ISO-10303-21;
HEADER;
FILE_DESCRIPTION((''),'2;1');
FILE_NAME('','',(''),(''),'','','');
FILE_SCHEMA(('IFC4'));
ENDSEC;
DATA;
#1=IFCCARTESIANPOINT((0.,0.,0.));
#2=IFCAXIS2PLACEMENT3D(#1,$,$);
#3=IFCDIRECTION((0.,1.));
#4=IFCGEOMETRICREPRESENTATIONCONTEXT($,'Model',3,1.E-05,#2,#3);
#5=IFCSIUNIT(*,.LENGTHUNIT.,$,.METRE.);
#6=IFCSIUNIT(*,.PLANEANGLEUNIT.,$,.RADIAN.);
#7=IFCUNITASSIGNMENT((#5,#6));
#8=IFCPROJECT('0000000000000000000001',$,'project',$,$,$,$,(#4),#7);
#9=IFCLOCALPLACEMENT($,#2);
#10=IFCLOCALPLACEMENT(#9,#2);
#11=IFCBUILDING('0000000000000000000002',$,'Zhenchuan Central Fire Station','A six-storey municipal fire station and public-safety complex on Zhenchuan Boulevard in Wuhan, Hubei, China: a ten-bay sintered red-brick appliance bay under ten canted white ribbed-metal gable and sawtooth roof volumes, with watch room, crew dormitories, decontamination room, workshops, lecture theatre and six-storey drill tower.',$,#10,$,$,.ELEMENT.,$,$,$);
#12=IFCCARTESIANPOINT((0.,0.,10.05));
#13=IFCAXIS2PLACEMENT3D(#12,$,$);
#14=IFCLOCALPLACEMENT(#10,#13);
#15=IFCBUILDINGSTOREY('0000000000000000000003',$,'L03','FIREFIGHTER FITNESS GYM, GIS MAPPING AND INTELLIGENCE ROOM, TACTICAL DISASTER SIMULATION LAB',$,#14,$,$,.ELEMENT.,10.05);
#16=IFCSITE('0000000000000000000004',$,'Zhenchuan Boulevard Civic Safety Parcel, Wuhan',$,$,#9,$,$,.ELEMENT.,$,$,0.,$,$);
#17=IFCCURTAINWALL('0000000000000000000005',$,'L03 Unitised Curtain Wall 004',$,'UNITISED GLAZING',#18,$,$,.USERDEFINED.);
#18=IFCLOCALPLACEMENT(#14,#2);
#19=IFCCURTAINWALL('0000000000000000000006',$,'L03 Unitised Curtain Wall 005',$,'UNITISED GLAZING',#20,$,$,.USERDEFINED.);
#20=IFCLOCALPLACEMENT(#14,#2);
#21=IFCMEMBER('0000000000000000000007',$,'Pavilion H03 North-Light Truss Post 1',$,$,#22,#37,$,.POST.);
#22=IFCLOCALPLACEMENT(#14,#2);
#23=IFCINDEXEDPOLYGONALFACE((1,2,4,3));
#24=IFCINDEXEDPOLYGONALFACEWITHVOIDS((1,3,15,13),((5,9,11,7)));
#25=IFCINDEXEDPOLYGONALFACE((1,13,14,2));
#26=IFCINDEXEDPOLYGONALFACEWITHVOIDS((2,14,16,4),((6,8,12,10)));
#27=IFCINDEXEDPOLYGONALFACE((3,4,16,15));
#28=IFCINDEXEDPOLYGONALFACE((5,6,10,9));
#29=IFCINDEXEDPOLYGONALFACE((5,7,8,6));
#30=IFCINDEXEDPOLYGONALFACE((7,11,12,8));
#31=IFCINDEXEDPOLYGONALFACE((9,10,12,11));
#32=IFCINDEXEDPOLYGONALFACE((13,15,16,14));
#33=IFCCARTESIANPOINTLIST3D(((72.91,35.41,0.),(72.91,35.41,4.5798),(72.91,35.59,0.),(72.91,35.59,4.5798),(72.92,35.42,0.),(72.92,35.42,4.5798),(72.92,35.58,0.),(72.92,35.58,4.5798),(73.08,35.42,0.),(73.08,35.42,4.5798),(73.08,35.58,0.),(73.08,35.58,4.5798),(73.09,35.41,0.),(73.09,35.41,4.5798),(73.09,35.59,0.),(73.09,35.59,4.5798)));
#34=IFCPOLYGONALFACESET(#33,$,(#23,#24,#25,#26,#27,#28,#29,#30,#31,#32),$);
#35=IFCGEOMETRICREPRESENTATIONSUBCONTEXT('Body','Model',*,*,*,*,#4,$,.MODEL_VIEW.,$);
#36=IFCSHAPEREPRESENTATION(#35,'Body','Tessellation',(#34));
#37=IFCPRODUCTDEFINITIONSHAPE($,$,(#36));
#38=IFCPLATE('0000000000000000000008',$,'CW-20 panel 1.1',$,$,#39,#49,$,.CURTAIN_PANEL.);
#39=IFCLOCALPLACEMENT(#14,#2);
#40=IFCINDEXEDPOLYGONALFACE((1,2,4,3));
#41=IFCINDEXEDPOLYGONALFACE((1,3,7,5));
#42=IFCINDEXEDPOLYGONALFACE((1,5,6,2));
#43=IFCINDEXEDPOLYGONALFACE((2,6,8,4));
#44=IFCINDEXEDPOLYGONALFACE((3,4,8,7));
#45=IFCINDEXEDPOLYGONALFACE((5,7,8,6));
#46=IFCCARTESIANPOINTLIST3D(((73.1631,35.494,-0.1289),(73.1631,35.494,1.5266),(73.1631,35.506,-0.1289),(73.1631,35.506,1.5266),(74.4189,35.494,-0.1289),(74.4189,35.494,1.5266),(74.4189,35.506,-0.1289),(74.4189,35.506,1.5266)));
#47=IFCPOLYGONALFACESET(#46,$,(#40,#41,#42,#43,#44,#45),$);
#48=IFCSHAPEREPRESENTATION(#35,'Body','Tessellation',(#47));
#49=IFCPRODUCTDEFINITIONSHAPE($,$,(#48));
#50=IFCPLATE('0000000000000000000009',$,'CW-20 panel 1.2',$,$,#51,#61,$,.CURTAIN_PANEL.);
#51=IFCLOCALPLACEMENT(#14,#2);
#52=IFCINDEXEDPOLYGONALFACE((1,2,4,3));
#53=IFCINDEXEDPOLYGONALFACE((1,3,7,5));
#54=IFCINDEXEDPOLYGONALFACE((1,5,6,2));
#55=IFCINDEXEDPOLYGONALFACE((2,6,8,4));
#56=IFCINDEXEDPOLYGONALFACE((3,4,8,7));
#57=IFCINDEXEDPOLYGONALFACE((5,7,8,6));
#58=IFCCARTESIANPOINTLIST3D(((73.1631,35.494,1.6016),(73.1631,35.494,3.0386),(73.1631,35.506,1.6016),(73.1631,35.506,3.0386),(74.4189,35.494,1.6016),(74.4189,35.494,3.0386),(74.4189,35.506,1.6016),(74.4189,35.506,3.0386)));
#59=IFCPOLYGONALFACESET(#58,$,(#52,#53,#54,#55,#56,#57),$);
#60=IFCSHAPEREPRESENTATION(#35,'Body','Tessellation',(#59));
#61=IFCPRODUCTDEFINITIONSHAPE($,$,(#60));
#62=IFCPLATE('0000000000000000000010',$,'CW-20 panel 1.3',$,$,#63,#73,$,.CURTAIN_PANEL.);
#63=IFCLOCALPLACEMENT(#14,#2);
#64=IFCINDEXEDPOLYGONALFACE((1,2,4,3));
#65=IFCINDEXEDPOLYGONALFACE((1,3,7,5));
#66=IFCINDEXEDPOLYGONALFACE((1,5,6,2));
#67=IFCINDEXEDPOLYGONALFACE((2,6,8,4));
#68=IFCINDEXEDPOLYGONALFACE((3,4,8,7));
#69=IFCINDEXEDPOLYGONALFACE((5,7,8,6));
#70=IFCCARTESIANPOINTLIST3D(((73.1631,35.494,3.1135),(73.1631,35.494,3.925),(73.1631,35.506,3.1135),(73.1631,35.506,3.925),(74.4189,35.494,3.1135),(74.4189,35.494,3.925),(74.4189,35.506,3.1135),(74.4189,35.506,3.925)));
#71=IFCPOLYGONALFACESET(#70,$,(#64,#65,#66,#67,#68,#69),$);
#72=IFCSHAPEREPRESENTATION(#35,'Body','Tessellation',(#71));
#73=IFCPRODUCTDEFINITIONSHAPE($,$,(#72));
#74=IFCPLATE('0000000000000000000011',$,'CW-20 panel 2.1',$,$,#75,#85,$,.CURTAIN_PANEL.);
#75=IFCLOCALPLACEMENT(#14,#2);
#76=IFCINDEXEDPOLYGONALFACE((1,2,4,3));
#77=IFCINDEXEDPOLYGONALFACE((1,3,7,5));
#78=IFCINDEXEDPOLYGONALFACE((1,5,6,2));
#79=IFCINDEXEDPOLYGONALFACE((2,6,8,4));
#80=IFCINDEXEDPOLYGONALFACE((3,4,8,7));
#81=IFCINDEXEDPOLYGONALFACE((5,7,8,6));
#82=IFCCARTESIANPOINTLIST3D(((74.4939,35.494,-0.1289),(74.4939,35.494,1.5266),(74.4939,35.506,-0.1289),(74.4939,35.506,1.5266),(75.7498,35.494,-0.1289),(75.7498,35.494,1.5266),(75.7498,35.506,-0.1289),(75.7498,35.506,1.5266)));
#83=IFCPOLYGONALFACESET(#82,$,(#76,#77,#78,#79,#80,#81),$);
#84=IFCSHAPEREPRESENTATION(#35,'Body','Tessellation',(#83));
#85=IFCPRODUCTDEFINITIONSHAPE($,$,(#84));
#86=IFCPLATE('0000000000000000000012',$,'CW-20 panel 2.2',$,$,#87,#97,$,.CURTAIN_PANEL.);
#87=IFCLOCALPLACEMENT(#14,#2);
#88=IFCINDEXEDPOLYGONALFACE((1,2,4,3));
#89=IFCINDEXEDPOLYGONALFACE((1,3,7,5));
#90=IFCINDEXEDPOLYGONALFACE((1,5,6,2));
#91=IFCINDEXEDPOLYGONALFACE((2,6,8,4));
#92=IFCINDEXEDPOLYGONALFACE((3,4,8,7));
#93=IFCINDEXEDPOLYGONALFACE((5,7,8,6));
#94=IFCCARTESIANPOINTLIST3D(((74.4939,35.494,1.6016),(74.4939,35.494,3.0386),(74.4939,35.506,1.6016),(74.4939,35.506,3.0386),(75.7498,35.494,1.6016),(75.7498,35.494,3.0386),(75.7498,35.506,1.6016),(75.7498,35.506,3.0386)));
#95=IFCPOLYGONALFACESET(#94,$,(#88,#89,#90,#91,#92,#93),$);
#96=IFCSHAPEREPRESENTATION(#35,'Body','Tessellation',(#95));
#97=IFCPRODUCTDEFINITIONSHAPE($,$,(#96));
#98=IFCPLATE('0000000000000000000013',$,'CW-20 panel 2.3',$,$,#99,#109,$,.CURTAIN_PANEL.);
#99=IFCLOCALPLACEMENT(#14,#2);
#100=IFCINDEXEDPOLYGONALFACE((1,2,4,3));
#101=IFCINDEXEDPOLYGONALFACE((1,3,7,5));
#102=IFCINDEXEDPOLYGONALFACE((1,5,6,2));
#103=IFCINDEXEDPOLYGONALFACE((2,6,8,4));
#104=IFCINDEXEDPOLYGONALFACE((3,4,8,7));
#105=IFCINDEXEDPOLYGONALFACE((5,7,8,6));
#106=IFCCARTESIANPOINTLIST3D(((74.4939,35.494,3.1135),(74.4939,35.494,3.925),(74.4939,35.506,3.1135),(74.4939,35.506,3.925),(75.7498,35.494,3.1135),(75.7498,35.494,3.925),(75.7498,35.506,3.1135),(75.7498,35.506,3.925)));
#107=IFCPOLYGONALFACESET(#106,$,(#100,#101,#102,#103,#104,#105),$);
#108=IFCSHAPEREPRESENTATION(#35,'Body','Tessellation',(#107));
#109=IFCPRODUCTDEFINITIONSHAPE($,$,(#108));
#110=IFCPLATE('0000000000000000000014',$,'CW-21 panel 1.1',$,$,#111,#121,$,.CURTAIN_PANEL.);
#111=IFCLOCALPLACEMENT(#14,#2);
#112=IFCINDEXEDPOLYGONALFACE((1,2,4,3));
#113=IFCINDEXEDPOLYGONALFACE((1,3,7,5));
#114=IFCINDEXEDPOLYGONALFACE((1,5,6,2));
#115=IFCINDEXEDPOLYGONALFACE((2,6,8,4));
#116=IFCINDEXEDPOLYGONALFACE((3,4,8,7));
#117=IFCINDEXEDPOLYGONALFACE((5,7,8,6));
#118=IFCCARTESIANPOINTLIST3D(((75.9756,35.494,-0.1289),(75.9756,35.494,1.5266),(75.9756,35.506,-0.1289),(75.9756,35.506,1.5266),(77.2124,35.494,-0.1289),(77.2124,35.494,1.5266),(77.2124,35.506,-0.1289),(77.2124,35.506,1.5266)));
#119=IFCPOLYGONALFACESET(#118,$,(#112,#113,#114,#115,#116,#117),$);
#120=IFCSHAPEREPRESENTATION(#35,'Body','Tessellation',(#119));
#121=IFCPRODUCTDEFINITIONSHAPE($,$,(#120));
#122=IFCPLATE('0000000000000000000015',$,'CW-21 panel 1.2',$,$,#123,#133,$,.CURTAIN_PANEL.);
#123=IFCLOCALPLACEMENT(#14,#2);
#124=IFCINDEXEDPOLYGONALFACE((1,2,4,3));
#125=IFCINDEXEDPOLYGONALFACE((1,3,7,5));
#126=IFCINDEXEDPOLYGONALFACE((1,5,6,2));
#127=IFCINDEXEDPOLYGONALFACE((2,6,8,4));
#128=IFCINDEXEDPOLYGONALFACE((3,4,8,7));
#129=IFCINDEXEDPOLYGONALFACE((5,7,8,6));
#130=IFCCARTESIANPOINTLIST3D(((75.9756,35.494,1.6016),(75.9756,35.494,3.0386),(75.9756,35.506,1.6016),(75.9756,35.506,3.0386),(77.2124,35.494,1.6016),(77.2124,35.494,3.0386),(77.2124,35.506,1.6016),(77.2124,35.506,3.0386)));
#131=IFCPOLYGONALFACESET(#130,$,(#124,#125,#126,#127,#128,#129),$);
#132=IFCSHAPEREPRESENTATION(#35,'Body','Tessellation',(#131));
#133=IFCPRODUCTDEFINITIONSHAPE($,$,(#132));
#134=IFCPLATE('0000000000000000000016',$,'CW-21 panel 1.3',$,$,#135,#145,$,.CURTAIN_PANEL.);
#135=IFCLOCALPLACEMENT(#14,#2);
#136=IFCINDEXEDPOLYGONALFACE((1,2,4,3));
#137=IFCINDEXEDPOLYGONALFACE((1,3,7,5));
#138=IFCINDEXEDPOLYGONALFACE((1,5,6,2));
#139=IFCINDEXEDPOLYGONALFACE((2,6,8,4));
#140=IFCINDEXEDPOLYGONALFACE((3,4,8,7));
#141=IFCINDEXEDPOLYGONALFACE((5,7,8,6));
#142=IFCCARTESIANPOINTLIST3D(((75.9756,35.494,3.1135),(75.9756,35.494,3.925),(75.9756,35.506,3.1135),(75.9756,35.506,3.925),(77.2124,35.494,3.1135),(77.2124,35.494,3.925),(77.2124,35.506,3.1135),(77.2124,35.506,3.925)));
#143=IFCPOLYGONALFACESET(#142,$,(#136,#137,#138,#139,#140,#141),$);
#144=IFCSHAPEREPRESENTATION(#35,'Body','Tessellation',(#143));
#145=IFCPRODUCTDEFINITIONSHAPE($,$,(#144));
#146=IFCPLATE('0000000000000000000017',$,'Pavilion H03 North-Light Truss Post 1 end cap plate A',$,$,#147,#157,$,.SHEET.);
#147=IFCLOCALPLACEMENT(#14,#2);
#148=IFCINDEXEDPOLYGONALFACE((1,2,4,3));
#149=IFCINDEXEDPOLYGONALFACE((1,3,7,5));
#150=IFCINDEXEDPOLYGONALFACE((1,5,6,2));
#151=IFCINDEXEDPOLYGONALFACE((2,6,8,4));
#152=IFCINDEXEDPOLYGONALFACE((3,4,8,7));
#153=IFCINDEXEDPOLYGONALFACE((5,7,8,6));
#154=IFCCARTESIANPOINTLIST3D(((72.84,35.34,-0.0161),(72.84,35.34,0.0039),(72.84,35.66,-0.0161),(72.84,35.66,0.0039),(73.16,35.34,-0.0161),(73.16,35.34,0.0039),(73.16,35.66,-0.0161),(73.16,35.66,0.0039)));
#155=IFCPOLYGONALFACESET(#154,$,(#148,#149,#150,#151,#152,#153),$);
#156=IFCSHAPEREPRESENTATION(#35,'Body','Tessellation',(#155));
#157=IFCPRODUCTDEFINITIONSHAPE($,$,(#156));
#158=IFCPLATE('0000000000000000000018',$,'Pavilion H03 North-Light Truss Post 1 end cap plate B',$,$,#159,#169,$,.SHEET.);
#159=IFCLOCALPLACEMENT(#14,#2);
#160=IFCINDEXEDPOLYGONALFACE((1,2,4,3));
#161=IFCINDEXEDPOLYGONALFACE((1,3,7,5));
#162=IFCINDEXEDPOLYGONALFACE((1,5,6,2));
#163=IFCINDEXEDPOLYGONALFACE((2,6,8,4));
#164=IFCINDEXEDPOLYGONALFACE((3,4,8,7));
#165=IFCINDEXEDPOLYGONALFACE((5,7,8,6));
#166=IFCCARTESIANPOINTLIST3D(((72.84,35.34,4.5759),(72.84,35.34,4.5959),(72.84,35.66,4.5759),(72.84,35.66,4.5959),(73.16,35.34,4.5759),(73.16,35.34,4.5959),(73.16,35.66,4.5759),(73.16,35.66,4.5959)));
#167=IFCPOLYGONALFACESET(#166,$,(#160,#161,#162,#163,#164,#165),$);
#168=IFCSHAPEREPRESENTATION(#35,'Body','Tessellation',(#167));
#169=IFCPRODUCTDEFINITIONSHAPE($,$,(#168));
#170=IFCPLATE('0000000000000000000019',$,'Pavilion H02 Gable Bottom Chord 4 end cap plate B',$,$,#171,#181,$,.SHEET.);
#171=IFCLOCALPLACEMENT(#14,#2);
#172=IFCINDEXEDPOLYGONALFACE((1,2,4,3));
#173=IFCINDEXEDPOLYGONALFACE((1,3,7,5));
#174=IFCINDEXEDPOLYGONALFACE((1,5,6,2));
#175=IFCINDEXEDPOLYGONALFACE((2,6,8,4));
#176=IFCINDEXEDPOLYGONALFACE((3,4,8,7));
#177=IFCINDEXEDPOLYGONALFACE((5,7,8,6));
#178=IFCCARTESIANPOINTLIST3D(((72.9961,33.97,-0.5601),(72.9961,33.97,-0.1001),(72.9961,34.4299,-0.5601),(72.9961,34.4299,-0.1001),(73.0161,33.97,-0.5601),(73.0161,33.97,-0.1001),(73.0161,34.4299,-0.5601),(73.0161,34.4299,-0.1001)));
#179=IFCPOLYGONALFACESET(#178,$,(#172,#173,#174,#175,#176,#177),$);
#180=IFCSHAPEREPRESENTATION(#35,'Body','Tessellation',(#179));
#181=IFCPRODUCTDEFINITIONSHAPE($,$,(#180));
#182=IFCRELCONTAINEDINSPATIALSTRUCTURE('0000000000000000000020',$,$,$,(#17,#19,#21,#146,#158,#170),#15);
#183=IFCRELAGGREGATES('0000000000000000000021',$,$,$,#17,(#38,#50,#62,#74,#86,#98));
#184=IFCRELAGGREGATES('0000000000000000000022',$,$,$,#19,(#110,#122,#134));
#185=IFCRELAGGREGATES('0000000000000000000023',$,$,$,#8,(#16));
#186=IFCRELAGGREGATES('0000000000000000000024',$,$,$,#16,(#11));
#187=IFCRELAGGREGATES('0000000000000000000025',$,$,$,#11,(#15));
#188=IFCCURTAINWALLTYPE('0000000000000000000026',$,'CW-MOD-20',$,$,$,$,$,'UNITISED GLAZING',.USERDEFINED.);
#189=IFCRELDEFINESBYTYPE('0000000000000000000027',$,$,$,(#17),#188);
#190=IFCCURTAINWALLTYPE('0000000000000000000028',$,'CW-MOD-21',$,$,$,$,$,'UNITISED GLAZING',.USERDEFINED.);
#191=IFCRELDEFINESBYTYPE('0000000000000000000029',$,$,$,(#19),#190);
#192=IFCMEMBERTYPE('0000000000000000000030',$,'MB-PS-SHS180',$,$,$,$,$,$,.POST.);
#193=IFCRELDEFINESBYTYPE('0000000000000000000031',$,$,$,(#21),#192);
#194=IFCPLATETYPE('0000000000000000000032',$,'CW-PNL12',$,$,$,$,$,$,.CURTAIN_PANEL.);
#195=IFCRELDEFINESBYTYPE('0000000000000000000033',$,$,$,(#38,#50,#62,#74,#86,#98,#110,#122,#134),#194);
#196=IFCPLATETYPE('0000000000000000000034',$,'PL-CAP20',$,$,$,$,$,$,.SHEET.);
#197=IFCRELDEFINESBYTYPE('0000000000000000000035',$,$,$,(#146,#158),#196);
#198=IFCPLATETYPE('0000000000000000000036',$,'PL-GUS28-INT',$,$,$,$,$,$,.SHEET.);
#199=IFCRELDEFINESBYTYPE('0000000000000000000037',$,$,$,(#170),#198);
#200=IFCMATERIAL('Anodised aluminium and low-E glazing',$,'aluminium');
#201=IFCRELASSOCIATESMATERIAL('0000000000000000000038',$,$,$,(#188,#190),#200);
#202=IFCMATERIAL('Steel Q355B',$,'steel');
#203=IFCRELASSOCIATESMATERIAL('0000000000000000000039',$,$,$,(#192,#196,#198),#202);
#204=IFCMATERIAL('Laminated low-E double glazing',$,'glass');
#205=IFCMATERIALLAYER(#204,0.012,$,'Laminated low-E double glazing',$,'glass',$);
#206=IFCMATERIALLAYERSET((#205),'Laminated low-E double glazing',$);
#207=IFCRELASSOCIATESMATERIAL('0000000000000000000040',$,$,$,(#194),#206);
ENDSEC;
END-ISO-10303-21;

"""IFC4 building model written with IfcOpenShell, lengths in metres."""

from ifc_helpers import new_model, si_unit, direction, frame, origin, origin_2d, place, context, subcontext, project, spatial, rectangle, hollow_rectangle, extrude, material, layer, layer_set, material_profile, profile_set, type_object, element, aggregate, save


model = new_model("IFC4")

# Units and contexts
model_context = context("Model", 3, precision=1e-05, world=origin(), true_north=direction((0.0, 1.0)))
body_context = subcontext(model_context, "Body", "Model", "MODEL_VIEW")
ifc_project = project(units=[si_unit("LENGTHUNIT", "METRE"), si_unit("PLANEANGLEUNIT", "RADIAN")], contexts=[model_context])

# Site, building, storey
site_placement = place(None, origin())
site = spatial("IfcSite", under=ifc_project, at=site_placement, Name="Zhenchuan Boulevard Civic Safety Parcel, Wuhan", CompositionType="ELEMENT", RefElevation=0.0)
building_placement = place(site_placement, origin())
building = spatial("IfcBuilding", under=site, at=building_placement, Name="Zhenchuan Central Fire Station", Description="A six-storey municipal fire station and public-safety complex on Zhenchuan Boulevard in Wuhan, Hubei, China: a ten-bay sintered red-brick appliance bay under ten canted white ribbed-metal gable and sawtooth roof volumes, with watch room, crew dormitories, decontamination room, workshops, lecture theatre and six-storey drill tower.", CompositionType="ELEMENT")
storey_placement = place(building_placement, frame((0.0, 0.0, 10.05)))
storey = spatial("IfcBuildingStorey", under=building, at=storey_placement, Name="L03", Description="FIREFIGHTER FITNESS GYM, GIS MAPPING AND INTELLIGENCE ROOM, TACTICAL DISASTER SIMULATION LAB", CompositionType="ELEMENT", Elevation=10.05)

# Shared definitions
ifc_material_1 = material(Name="Steel Q355B", Category="steel")

# Curtain walls
ifc_material_2 = material(Name="Anodised aluminium and low-E glazing", Category="aluminium")
curtain_wall_type_1 = type_object("IfcCurtainWallType", Name="CW-MOD-20", ElementType="UNITISED GLAZING", PredefinedType="USERDEFINED", material=ifc_material_2)
curtain_wall_1_placement = place(storey_placement, origin())
curtain_wall_1 = element("IfcCurtainWall", 1, at=curtain_wall_1_placement, inside=storey, type_object=curtain_wall_type_1, Name="L03 Unitised Curtain Wall 004", ObjectType="UNITISED GLAZING", PredefinedType="USERDEFINED")
curtain_wall_type_2 = type_object("IfcCurtainWallType", Name="CW-MOD-21", ElementType="UNITISED GLAZING", PredefinedType="USERDEFINED", material=ifc_material_2)
curtain_wall_2_placement = place(storey_placement, origin())
curtain_wall_2 = element("IfcCurtainWall", 2, at=curtain_wall_2_placement, inside=storey, type_object=curtain_wall_type_2, Name="L03 Unitised Curtain Wall 005", ObjectType="UNITISED GLAZING", PredefinedType="USERDEFINED")

# Member
ifc_material_profile_1 = material_profile(ifc_material_1, hollow_rectangle(XDim=0.1799, YDim=0.1799, WallThickness=0.01, at=origin_2d()), Name="SHS 180x180x10")
ifc_profile_set_1 = profile_set([ifc_material_profile_1], Name="Steel Q355B")
member_type_1 = type_object("IfcMemberType", Name="MB-PS-SHS180", PredefinedType="POST", material=ifc_profile_set_1)
member_1_placement = place(storey_placement, frame((73.0, 35.5, 0.0), z_axis=(0.0, 0.0, 1.0), x_axis=(1.0, 0.0, 0.0)))
element("IfcMember", 3, at=member_1_placement, inside=storey, type_object=member_type_1, Name="Pavilion H03 North-Light Truss Post 1", PredefinedType="POST", context=body_context, shape_type="SweptSolid", body=[
    extrude(hollow_rectangle(XDim=0.1799, YDim=0.1799, WallThickness=0.01, at=origin_2d()), origin(), (0.0, 0.0, 1.0), 4.5798),
])

# Plates
ifc_material_3 = material(Name="Laminated low-E double glazing", Category="glass")
ifc_layer = layer(ifc_material_3, 0.012, Name="Laminated low-E double glazing", Category="glass")
ifc_layer_set = layer_set([ifc_layer], Name="Laminated low-E double glazing")
plate_type_1 = type_object("IfcPlateType", Name="CW-PNL12", PredefinedType="CURTAIN_PANEL", material=ifc_layer_set)
plate_1_placement = place(storey_placement, frame((73.791, 35.5, -0.1289), z_axis=(0.0, 0.0, 1.0), x_axis=(1.0, 0.0, 0.0)))
plate_1 = element("IfcPlate", 4, at=plate_1_placement, type_object=plate_type_1, Name="CW-20 panel 1.1", PredefinedType="CURTAIN_PANEL", context=body_context, shape_type="SweptSolid", body=[
    extrude(rectangle(XDim=1.2559, YDim=0.012, at=origin_2d()), origin(), (0.0, 0.0, 1.0), 1.6555),
])
plate_2_placement = place(storey_placement, frame((73.791, 35.5, 1.6016), z_axis=(0.0, 0.0, 1.0), x_axis=(1.0, 0.0, 0.0)))
plate_2 = element("IfcPlate", 5, at=plate_2_placement, type_object=plate_type_1, Name="CW-20 panel 1.2", PredefinedType="CURTAIN_PANEL", context=body_context, shape_type="SweptSolid", body=[
    extrude(rectangle(XDim=1.2559, YDim=0.012, at=origin_2d()), origin(), (0.0, 0.0, 1.0), 1.437),
])
plate_3_placement = place(storey_placement, frame((73.791, 35.5, 3.1135), z_axis=(0.0, 0.0, 1.0), x_axis=(1.0, 0.0, 0.0)))
plate_3 = element("IfcPlate", 6, at=plate_3_placement, type_object=plate_type_1, Name="CW-20 panel 1.3", PredefinedType="CURTAIN_PANEL", context=body_context, shape_type="SweptSolid", body=[
    extrude(rectangle(XDim=1.2559, YDim=0.012, at=origin_2d()), origin(), (0.0, 0.0, 1.0), 0.8115),
])
plate_4_placement = place(storey_placement, frame((75.1218, 35.5, -0.1289), z_axis=(0.0, 0.0, 1.0), x_axis=(1.0, 0.0, 0.0)))
plate_4 = element("IfcPlate", 7, at=plate_4_placement, type_object=plate_type_1, Name="CW-20 panel 2.1", PredefinedType="CURTAIN_PANEL", context=body_context, shape_type="SweptSolid", body=[
    extrude(rectangle(XDim=1.2559, YDim=0.012, at=origin_2d()), origin(), (0.0, 0.0, 1.0), 1.6555),
])
plate_5_placement = place(storey_placement, frame((75.1218, 35.5, 1.6016), z_axis=(0.0, 0.0, 1.0), x_axis=(1.0, 0.0, 0.0)))
plate_5 = element("IfcPlate", 8, at=plate_5_placement, type_object=plate_type_1, Name="CW-20 panel 2.2", PredefinedType="CURTAIN_PANEL", context=body_context, shape_type="SweptSolid", body=[
    extrude(rectangle(XDim=1.2559, YDim=0.012, at=origin_2d()), origin(), (0.0, 0.0, 1.0), 1.437),
])
plate_6_placement = place(storey_placement, frame((75.1218, 35.5, 3.1135), z_axis=(0.0, 0.0, 1.0), x_axis=(1.0, 0.0, 0.0)))
plate_6 = element("IfcPlate", 9, at=plate_6_placement, type_object=plate_type_1, Name="CW-20 panel 2.3", PredefinedType="CURTAIN_PANEL", context=body_context, shape_type="SweptSolid", body=[
    extrude(rectangle(XDim=1.2559, YDim=0.012, at=origin_2d()), origin(), (0.0, 0.0, 1.0), 0.8115),
])
aggregate(curtain_wall_1, [plate_1, plate_2, plate_3, plate_4, plate_5, plate_6])
plate_7_placement = place(storey_placement, frame((76.594, 35.5, -0.1289), z_axis=(0.0, 0.0, 1.0), x_axis=(1.0, 0.0, 0.0)))
plate_7 = element("IfcPlate", 10, at=plate_7_placement, type_object=plate_type_1, Name="CW-21 panel 1.1", PredefinedType="CURTAIN_PANEL", context=body_context, shape_type="SweptSolid", body=[
    extrude(rectangle(XDim=1.2368, YDim=0.012, at=origin_2d()), origin(), (0.0, 0.0, 1.0), 1.6555),
])
plate_8_placement = place(storey_placement, frame((76.594, 35.5, 1.6016), z_axis=(0.0, 0.0, 1.0), x_axis=(1.0, 0.0, 0.0)))
plate_8 = element("IfcPlate", 11, at=plate_8_placement, type_object=plate_type_1, Name="CW-21 panel 1.2", PredefinedType="CURTAIN_PANEL", context=body_context, shape_type="SweptSolid", body=[
    extrude(rectangle(XDim=1.2368, YDim=0.012, at=origin_2d()), origin(), (0.0, 0.0, 1.0), 1.437),
])
plate_9_placement = place(storey_placement, frame((76.594, 35.5, 3.1135), z_axis=(0.0, 0.0, 1.0), x_axis=(1.0, 0.0, 0.0)))
plate_9 = element("IfcPlate", 12, at=plate_9_placement, type_object=plate_type_1, Name="CW-21 panel 1.3", PredefinedType="CURTAIN_PANEL", context=body_context, shape_type="SweptSolid", body=[
    extrude(rectangle(XDim=1.2368, YDim=0.012, at=origin_2d()), origin(), (0.0, 0.0, 1.0), 0.8115),
])
aggregate(curtain_wall_2, [plate_7, plate_8, plate_9])

# Plates
ifc_material_profile_2 = material_profile(ifc_material_1, rectangle(XDim=0.3201, YDim=0.3201, at=origin_2d()), Name="PL 320x320x20")
ifc_profile_set_2 = profile_set([ifc_material_profile_2], Name="Steel Q355B")
plate_type_2 = type_object("IfcPlateType", Name="PL-CAP20", PredefinedType="SHEET", material=ifc_profile_set_2)
for number, where, z_axis, x_axis, name in (
    (13, (73.0, 35.5, -0.0161), (0.0, 0.0, 1.0), (1.0, 0.0, 0.0), "Pavilion H03 North-Light Truss Post 1 end cap plate A"),
    (14, (73.0, 35.5, 4.5759), (0.0, 0.0, 1.0), (1.0, 0.0, 0.0), "Pavilion H03 North-Light Truss Post 1 end cap plate B"),
):
    element("IfcPlate", number, at=place(storey_placement, frame(where, z_axis=z_axis, x_axis=x_axis)), inside=storey, type_object=plate_type_2, Name=name, PredefinedType="SHEET", context=body_context, shape_type="SweptSolid", body=[
        extrude(rectangle(XDim=0.3201, YDim=0.3201, at=origin_2d()), origin(), (0.0, 0.0, 1.0), 0.02),
    ])
ifc_material_profile_3 = material_profile(ifc_material_1, rectangle(XDim=0.46, YDim=0.46, at=origin_2d()), Name="PL 460x460x28")
ifc_profile_set_3 = profile_set([ifc_material_profile_3], Name="Steel Q355B")
plate_type_3 = type_object("IfcPlateType", Name="PL-GUS28-INT", PredefinedType="SHEET", material=ifc_profile_set_3)
plate_10_placement = place(storey_placement, frame((72.9961, 34.2, -0.3301), z_axis=(1.0, 0.0, 0.0), x_axis=(0.0, 1.0, 0.0)))
element("IfcPlate", 15, at=plate_10_placement, inside=storey, type_object=plate_type_3, Name="Pavilion H02 Gable Bottom Chord 4 end cap plate B", PredefinedType="SHEET", context=body_context, shape_type="SweptSolid", body=[
    extrude(rectangle(XDim=0.46, YDim=0.46, at=origin_2d()), origin(), (0.0, 0.0, 1.0), 0.02),
])

save(model, "model.ifc")
